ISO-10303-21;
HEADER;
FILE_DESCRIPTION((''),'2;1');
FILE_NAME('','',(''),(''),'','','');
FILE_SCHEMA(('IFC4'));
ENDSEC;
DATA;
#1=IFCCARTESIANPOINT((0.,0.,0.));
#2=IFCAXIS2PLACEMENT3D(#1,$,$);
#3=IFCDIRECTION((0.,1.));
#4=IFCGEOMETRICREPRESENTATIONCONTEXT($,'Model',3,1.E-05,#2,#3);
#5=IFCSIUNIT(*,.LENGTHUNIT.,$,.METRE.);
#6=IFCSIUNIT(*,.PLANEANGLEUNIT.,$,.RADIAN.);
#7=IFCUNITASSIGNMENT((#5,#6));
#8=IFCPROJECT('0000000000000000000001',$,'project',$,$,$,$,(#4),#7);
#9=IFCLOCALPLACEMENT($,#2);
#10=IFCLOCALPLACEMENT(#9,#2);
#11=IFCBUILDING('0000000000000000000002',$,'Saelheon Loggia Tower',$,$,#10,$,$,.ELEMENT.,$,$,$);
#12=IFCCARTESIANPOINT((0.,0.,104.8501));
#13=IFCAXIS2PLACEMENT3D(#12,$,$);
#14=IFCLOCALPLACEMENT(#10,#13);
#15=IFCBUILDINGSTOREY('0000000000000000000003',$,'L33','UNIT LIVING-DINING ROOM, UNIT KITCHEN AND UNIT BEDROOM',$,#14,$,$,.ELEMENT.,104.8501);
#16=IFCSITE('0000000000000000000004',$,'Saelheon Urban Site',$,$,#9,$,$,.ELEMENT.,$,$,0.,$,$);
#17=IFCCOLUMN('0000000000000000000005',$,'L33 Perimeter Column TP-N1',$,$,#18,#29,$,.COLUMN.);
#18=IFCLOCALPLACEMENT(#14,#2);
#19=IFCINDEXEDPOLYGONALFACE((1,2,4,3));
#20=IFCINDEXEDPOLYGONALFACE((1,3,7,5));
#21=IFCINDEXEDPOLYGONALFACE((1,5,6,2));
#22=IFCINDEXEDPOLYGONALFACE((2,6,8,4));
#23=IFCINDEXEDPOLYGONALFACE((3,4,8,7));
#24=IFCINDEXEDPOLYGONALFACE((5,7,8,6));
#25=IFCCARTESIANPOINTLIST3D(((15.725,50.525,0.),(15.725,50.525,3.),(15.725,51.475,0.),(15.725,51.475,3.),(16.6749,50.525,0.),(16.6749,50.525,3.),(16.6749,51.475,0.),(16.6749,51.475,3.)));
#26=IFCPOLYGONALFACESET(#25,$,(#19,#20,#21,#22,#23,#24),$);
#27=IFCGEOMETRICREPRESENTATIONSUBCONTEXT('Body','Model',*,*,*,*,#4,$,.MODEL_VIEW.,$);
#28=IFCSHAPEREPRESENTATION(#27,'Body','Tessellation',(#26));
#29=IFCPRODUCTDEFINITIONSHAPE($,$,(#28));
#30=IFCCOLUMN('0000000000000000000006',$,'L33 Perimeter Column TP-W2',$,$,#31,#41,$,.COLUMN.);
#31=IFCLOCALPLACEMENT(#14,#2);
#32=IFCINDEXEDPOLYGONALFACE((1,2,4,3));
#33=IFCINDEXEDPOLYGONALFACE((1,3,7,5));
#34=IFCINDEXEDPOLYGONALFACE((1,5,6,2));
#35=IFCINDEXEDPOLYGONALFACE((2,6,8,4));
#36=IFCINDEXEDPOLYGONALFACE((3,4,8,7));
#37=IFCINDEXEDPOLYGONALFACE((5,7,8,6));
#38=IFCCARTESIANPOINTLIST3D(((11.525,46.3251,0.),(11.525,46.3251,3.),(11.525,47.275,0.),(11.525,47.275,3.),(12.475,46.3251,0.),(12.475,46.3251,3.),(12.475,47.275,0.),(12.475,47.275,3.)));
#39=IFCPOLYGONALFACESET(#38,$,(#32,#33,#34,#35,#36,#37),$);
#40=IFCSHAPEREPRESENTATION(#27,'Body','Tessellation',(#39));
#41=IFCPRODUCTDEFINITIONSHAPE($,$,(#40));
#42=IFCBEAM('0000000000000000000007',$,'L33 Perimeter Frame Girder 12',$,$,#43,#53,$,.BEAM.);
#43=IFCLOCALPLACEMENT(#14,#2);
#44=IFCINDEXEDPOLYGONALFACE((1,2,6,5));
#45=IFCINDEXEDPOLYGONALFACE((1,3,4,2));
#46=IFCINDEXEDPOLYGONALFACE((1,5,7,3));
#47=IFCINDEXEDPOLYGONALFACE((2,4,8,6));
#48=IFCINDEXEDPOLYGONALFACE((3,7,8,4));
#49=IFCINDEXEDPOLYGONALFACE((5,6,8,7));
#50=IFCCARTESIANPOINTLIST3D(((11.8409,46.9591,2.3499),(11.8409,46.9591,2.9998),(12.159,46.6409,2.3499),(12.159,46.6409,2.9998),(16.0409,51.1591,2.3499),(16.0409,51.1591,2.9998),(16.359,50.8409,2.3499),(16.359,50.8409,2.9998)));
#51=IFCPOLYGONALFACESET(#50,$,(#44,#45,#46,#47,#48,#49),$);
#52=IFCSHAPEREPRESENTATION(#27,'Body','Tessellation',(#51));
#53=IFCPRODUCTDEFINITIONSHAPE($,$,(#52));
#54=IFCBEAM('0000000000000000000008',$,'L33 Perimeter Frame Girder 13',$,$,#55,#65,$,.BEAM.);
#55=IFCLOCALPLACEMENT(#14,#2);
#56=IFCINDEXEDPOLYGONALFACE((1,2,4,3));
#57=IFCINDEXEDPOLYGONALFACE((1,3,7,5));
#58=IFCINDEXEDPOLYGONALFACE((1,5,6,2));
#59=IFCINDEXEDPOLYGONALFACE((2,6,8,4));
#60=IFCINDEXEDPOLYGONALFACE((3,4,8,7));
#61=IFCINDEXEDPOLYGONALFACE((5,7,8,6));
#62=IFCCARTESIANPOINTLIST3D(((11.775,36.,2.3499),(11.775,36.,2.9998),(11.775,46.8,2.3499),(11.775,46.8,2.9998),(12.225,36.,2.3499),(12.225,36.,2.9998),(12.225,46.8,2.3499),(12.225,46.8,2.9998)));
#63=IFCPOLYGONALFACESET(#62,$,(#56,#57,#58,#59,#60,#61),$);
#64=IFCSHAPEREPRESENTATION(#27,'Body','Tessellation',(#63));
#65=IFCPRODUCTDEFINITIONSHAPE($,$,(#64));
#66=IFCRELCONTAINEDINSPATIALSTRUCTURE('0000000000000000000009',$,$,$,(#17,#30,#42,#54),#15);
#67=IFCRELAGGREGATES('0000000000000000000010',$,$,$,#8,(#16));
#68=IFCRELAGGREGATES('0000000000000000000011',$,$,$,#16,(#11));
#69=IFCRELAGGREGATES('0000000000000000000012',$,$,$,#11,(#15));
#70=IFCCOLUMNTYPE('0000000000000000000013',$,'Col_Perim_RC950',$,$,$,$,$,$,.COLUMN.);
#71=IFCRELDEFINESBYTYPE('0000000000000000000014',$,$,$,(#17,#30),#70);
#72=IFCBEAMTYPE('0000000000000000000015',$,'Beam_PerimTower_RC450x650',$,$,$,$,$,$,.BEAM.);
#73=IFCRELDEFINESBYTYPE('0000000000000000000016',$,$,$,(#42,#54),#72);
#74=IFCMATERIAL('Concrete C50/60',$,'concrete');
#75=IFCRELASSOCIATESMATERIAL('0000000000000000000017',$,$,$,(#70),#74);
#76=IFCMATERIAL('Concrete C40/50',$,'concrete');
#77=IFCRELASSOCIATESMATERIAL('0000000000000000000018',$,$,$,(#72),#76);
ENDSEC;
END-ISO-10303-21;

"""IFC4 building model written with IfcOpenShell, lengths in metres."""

from ifc_helpers import new_model, si_unit, direction, frame, origin, origin_2d, place, context, subcontext, project, spatial, rectangle, extrude, source, transform, mapped, material, material_profile, profile_set, type_object, element, save


model = new_model("IFC4")

# Units and contexts
model_context = context("Model", 3, precision=1e-05, world=origin(), true_north=direction((0.0, 1.0)))
body_context = subcontext(model_context, "Body", "Model", "MODEL_VIEW")
ifc_project = project(units=[si_unit("LENGTHUNIT", "METRE"), si_unit("PLANEANGLEUNIT", "RADIAN")], contexts=[model_context])

# Site, building, storey
site_placement = place(None, origin())
site = spatial("IfcSite", under=ifc_project, at=site_placement, Name="Saelheon Urban Site", CompositionType="ELEMENT", RefElevation=0.0)
building_placement = place(site_placement, origin())
building = spatial("IfcBuilding", under=site, at=building_placement, Name="Saelheon Loggia Tower", CompositionType="ELEMENT")
storey_placement = place(building_placement, frame((0.0, 0.0, 104.8501)))
storey = spatial("IfcBuildingStorey", under=building, at=storey_placement, Name="L33", Description="UNIT LIVING-DINING ROOM, UNIT KITCHEN AND UNIT BEDROOM", CompositionType="ELEMENT", Elevation=104.8501)

# Columns
ifc_material_1 = material(Name="Concrete C50/60", Category="concrete")
ifc_material_profile_1 = material_profile(ifc_material_1, rectangle(XDim=0.95, YDim=0.95, at=origin_2d()), Name="RC-950x950")
ifc_profile_set_1 = profile_set([ifc_material_profile_1], Name="Concrete C50/60")
column_type = type_object("IfcColumnType", Name="Col_Perim_RC950", PredefinedType="COLUMN", material=ifc_profile_set_1)
shared_shape_1 = source(origin(), body_context, "Body", "SweptSolid", [
    extrude(rectangle(XDim=0.95, YDim=0.95, at=origin_2d()), origin(), (0.0, 0.0, 1.0), 3.0),
])
for number, where, z_axis, x_axis, name in (
    (1, (16.2, 51.0, 0.0), (0.0, 0.0, 1.0), (1.0, 0.0, 0.0), "L33 Perimeter Column TP-N1"),
    (2, (12.0, 46.8, 0.0), (0.0, 0.0, 1.0), (1.0, 0.0, 0.0), "L33 Perimeter Column TP-W2"),
):
    element("IfcColumn", number, at=place(storey_placement, frame(where, z_axis=z_axis, x_axis=x_axis)), inside=storey, type_object=column_type, Name=name, PredefinedType="COLUMN", context=body_context, shape_type="MappedRepresentation", body=[
        mapped(shared_shape_1, transform((0.0, 0.0, 0.0), scale=1.0)),
    ])

# Beams
ifc_material_2 = material(Name="Concrete C40/50", Category="concrete")
ifc_material_profile_2 = material_profile(ifc_material_2, rectangle(XDim=0.45, YDim=0.6499, at=origin_2d()), Name="RC-450x650")
ifc_profile_set_2 = profile_set([ifc_material_profile_2], Name="Concrete C40/50")
beam_type = type_object("IfcBeamType", Name="Beam_PerimTower_RC450x650", PredefinedType="BEAM", material=ifc_profile_set_2)
shared_shape_2 = source(origin(), body_context, "Body", "SweptSolid", [
    extrude(rectangle(XDim=0.45, YDim=0.6499, at=origin_2d()), origin(), (0.0, 0.0, 1.0), 5.9397),
])
beam_1_placement = place(storey_placement, frame((16.2, 51.0, 2.6748), z_axis=(-0.707107, -0.707107, 0.0), x_axis=(0.707107, -0.707107, 0.0)))
element("IfcBeam", 3, at=beam_1_placement, inside=storey, type_object=beam_type, Name="L33 Perimeter Frame Girder 12", PredefinedType="BEAM", context=body_context, shape_type="MappedRepresentation", body=[
    mapped(shared_shape_2, transform((0.0, 0.0, 0.0), scale=1.0)),
])
shared_shape_3 = source(origin(), body_context, "Body", "SweptSolid", [
    extrude(rectangle(XDim=0.45, YDim=0.6499, at=origin_2d()), origin(), (0.0, 0.0, 1.0), 10.8),
])
beam_2_placement = place(storey_placement, frame((12.0, 46.8, 2.6748), z_axis=(0.0, -1.0, 0.0), x_axis=(1.0, 0.0, 0.0)))
element("IfcBeam", 4, at=beam_2_placement, inside=storey, type_object=beam_type, Name="L33 Perimeter Frame Girder 13", PredefinedType="BEAM", context=body_context, shape_type="MappedRepresentation", body=[
    mapped(shared_shape_3, transform((0.0, 0.0, 0.0), scale=1.0)),
])

save(model, "model.ifc")
